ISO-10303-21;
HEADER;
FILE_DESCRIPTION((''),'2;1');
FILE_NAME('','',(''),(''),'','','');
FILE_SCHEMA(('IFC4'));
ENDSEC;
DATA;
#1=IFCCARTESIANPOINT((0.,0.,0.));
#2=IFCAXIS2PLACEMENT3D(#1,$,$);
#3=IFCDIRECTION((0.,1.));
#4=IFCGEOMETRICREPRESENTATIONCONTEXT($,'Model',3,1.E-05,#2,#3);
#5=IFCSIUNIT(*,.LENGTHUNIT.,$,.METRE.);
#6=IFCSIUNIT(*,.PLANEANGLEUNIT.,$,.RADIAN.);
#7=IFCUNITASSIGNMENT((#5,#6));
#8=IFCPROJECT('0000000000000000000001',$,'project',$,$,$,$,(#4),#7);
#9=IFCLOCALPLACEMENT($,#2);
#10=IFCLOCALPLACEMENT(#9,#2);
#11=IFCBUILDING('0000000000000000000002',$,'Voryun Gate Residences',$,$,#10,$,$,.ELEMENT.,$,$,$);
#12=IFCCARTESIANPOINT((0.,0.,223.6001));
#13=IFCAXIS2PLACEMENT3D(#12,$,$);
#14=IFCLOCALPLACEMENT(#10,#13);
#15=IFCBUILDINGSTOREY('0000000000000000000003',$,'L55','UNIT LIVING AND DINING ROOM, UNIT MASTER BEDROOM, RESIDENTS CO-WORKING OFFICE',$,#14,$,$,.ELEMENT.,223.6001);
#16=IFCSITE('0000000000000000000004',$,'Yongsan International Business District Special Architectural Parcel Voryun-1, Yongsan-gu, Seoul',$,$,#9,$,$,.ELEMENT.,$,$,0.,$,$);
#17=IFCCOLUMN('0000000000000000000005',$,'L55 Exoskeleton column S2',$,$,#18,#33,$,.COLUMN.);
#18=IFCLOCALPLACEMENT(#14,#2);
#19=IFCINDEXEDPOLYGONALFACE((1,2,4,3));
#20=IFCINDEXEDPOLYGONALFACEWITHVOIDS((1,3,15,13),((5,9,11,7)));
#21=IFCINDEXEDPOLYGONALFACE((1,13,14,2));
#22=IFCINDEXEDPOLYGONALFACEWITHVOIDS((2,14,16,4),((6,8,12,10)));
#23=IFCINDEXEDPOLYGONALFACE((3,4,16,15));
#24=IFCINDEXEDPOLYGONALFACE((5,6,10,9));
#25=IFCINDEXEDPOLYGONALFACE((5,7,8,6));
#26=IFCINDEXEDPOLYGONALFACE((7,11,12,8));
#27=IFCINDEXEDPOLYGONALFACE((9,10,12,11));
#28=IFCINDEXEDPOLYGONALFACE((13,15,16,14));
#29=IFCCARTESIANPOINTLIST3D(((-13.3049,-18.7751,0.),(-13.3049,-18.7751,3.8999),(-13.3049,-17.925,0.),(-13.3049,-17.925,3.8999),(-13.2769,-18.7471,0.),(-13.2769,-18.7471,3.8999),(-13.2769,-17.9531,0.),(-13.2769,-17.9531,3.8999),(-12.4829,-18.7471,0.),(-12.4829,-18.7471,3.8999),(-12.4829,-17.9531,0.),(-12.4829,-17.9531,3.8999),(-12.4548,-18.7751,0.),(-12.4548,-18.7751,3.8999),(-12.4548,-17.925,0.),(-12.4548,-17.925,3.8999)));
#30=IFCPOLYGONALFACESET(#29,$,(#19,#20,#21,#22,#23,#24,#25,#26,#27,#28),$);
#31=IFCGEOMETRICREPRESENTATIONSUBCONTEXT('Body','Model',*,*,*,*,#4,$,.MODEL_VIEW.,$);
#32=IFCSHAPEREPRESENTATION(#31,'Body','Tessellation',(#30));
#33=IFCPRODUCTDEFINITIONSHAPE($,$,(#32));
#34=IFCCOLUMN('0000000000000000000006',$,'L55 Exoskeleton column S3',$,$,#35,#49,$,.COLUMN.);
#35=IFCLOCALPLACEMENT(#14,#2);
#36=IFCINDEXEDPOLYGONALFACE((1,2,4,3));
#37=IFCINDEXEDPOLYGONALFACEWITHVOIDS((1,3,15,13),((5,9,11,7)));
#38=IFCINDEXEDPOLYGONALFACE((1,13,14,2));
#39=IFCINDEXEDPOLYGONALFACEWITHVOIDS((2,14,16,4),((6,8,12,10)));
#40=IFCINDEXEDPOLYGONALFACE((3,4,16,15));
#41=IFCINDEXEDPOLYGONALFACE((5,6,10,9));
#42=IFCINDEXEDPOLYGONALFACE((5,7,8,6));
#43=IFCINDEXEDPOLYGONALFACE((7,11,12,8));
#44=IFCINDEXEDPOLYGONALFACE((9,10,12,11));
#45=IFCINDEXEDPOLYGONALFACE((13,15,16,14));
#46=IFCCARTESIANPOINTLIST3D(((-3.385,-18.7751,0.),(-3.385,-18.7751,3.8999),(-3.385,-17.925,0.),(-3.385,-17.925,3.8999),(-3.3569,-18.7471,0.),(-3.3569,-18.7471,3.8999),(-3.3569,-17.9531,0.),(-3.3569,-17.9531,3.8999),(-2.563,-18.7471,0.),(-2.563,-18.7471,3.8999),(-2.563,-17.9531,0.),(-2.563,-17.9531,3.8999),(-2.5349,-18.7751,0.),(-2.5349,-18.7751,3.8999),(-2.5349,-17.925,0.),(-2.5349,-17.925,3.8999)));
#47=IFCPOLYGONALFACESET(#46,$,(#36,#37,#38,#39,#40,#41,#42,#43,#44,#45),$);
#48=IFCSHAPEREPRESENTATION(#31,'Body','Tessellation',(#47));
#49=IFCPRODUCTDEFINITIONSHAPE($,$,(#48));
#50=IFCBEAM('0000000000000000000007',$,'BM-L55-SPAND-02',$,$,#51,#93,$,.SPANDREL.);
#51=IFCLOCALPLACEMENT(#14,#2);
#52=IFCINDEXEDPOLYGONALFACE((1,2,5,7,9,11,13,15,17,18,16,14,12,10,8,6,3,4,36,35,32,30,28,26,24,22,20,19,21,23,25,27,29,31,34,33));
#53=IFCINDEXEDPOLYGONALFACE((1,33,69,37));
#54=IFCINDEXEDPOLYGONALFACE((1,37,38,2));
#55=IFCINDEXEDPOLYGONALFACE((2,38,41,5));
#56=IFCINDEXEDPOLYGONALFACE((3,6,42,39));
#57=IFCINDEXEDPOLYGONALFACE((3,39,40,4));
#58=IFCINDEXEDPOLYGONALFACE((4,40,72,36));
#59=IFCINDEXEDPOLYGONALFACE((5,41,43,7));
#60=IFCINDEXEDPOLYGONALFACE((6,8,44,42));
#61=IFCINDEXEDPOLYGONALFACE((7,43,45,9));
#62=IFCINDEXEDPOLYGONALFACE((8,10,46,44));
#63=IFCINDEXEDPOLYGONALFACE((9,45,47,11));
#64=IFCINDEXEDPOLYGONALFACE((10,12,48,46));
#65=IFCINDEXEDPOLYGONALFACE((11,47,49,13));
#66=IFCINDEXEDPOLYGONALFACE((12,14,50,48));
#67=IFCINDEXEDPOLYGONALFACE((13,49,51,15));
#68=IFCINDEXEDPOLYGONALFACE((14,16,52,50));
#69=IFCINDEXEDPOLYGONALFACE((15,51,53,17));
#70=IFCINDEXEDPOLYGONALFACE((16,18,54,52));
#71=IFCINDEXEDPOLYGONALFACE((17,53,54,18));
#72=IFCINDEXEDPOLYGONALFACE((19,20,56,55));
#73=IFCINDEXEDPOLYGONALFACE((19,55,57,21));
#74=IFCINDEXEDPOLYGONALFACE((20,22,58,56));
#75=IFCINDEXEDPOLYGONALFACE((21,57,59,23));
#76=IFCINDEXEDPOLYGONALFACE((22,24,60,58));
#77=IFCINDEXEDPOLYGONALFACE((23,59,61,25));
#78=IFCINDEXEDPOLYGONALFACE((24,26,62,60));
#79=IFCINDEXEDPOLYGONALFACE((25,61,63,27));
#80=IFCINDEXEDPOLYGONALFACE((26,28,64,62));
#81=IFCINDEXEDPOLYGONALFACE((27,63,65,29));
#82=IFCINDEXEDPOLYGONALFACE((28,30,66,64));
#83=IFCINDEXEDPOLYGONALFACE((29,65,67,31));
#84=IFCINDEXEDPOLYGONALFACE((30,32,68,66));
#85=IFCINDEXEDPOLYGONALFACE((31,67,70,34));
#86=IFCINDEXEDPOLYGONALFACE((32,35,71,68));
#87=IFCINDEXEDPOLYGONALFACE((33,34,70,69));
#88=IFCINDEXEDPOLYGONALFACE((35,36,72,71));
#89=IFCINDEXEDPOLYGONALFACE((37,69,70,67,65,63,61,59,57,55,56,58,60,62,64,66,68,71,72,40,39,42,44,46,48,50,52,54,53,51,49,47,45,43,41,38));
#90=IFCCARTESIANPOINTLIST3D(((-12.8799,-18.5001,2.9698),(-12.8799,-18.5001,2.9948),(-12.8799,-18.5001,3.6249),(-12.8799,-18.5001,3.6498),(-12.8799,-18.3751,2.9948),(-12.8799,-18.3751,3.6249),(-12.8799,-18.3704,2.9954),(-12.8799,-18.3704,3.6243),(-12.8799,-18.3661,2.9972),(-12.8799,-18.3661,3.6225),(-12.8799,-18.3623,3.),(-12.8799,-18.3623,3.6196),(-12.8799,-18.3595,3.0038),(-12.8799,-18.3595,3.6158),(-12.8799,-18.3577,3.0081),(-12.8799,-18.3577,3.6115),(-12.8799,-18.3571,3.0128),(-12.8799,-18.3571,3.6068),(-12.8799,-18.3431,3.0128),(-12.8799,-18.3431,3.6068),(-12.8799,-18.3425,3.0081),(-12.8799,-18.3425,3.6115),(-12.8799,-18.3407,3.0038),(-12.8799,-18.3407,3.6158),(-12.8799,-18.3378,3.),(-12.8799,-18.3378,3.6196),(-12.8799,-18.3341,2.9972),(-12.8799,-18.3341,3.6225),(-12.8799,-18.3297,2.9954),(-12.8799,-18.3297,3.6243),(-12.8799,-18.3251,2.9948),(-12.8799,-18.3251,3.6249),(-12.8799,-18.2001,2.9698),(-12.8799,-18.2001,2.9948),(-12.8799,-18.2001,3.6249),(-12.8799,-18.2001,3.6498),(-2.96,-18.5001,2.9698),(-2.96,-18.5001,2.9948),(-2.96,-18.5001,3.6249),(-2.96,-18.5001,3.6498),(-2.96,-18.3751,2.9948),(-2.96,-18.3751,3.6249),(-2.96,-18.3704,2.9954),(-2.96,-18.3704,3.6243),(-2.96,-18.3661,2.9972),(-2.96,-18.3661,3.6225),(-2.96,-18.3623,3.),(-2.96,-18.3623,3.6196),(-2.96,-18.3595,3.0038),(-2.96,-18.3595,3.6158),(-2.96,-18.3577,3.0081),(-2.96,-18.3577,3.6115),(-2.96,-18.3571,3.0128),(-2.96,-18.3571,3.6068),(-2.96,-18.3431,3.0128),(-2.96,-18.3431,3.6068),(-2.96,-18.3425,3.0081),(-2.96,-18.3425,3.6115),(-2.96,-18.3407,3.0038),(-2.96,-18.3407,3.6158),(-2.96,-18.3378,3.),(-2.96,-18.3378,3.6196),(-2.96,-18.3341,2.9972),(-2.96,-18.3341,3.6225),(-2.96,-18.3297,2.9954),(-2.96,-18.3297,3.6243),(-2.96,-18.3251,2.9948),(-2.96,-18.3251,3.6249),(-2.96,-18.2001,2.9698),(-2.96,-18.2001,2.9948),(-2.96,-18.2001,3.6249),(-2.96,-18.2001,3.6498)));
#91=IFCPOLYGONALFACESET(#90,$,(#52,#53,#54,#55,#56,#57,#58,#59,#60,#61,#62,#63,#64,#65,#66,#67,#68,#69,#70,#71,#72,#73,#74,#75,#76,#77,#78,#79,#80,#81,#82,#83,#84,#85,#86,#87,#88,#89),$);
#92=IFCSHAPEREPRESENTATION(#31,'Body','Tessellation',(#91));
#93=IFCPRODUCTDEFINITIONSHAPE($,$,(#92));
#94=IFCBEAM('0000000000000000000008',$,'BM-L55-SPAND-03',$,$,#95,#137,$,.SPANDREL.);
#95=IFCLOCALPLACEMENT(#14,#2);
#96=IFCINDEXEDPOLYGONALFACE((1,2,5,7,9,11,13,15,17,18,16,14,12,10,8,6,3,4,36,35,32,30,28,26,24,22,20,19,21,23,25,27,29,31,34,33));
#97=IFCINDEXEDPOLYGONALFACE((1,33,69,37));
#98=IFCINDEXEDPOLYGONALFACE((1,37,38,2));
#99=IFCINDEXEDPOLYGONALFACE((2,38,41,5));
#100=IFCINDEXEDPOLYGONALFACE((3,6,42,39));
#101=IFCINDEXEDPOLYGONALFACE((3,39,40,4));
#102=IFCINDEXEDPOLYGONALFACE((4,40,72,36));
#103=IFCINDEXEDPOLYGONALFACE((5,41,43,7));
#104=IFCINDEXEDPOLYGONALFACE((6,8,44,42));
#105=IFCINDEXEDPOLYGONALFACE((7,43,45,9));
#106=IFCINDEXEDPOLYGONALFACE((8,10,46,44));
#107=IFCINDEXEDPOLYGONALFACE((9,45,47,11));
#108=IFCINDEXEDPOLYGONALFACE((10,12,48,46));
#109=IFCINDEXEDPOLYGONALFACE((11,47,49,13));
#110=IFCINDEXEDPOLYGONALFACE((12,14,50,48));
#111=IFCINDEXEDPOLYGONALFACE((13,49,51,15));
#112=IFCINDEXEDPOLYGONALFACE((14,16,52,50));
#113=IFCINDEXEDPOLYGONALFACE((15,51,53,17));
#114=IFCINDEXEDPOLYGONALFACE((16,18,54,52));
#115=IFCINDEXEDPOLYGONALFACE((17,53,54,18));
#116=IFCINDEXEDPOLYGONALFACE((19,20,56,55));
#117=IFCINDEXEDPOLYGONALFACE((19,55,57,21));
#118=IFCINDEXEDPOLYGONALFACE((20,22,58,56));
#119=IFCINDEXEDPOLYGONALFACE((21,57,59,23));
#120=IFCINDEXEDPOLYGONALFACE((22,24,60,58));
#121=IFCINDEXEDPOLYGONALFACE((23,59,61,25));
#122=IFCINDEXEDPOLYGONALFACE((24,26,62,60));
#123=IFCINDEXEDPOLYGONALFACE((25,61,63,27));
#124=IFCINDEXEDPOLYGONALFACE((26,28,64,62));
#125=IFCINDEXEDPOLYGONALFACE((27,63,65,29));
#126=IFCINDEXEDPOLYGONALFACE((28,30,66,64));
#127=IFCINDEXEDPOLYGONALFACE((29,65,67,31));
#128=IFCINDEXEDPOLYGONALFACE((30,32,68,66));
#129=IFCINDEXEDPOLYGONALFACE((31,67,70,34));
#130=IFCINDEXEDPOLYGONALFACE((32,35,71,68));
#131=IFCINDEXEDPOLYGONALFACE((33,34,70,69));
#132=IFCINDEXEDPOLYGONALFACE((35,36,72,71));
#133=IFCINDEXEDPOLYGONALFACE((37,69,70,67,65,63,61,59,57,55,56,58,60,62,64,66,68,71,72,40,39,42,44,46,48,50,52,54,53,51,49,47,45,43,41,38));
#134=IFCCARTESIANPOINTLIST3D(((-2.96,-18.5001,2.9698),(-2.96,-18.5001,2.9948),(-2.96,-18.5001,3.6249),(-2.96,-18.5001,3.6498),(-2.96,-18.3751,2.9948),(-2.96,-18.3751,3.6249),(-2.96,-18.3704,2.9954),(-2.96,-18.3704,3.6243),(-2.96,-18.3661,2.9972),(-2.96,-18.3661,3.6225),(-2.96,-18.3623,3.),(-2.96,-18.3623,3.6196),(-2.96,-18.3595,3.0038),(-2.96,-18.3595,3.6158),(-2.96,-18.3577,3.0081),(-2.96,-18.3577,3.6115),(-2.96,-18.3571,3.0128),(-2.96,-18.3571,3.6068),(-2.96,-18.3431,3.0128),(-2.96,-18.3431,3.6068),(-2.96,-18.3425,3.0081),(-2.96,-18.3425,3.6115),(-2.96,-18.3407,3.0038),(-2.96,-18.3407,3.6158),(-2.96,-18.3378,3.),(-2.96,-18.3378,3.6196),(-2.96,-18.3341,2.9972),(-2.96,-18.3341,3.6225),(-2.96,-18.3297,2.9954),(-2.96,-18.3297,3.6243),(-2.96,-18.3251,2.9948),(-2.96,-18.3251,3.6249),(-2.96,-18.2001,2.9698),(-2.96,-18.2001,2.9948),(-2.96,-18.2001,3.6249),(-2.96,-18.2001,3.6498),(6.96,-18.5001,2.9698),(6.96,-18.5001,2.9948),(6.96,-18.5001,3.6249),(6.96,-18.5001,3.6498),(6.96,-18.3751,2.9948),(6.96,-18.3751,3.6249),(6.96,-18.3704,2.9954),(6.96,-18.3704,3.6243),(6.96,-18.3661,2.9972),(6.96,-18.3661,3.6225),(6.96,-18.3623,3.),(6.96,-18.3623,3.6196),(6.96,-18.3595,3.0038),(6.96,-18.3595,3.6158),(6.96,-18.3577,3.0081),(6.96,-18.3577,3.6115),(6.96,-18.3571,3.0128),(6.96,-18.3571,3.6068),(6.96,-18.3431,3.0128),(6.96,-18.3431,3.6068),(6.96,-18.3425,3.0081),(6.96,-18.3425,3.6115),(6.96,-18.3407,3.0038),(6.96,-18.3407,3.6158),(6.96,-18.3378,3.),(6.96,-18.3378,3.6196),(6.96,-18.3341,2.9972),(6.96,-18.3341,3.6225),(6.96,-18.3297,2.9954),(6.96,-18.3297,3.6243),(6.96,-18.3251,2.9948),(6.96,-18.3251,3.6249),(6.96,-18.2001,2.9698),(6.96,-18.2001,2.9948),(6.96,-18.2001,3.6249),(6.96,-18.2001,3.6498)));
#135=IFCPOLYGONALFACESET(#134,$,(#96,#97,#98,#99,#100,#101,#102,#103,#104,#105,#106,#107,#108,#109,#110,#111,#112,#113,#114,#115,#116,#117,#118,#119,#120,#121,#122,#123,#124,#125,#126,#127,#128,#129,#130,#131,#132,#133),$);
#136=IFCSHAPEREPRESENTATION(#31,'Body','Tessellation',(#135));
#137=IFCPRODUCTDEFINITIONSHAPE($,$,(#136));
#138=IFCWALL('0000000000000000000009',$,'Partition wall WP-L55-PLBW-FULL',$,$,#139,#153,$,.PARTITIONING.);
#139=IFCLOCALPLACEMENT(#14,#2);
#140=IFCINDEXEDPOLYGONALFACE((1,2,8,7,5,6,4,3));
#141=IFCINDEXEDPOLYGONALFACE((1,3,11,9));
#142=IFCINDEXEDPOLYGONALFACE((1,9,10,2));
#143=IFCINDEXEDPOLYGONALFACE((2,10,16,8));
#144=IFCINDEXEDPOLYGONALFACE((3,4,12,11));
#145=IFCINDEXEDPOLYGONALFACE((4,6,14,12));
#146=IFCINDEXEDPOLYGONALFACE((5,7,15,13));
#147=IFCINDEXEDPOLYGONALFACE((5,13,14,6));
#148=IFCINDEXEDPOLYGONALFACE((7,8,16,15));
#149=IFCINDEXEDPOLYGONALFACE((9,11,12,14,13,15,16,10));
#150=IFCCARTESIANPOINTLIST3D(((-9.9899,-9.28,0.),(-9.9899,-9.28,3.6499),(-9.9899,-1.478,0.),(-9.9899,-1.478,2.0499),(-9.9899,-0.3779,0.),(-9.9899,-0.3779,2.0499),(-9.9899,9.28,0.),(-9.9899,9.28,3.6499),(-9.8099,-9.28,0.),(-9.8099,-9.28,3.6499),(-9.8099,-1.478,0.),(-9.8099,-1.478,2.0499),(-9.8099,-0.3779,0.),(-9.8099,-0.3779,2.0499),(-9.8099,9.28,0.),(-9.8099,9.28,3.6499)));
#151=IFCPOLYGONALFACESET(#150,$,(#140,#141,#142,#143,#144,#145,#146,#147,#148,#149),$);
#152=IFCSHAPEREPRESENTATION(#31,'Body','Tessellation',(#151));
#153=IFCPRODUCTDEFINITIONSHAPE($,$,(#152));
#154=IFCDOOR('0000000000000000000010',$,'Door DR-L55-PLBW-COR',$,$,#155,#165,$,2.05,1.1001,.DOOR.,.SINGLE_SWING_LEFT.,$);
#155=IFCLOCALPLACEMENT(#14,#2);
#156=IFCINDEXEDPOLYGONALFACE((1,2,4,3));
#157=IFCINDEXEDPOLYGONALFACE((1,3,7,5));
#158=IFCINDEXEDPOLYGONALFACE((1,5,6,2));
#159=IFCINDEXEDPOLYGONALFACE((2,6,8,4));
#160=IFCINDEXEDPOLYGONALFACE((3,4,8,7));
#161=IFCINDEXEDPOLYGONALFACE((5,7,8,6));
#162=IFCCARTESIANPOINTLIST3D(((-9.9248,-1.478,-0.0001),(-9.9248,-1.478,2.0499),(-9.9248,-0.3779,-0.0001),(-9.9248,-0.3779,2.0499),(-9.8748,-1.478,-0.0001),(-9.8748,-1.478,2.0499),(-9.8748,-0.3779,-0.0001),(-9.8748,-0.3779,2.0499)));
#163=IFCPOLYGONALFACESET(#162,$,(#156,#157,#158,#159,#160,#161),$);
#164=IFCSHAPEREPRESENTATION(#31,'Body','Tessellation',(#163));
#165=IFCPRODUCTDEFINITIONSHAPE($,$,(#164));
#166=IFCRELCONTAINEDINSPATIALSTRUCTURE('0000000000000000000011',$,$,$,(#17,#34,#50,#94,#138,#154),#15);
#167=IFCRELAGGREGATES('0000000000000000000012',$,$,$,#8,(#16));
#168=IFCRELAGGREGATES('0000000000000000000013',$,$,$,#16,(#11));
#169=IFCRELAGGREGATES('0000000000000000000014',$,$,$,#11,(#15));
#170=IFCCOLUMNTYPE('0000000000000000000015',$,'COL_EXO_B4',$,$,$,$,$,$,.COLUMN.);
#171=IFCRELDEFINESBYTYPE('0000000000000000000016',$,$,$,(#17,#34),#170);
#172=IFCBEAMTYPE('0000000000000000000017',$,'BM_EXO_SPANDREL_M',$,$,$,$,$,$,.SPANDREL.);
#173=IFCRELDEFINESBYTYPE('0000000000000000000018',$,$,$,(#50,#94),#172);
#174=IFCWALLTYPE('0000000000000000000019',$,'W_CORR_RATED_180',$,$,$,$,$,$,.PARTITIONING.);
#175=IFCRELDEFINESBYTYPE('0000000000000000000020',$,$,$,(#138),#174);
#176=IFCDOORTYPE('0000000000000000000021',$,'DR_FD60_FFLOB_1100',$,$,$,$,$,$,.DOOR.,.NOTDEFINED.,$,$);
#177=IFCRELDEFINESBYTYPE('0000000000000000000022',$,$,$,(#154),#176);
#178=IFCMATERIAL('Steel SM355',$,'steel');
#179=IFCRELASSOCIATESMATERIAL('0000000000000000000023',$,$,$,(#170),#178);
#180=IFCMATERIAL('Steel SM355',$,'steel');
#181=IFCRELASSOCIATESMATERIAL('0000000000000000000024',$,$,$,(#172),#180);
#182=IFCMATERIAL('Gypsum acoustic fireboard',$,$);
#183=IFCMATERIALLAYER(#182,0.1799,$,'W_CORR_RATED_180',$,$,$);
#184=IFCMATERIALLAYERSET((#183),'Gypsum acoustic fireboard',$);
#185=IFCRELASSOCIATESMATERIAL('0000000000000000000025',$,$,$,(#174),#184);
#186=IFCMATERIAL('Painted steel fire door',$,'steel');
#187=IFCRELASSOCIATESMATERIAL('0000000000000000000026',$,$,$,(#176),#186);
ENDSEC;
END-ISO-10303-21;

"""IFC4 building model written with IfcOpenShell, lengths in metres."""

from ifc_helpers import new_model, si_unit, direction, frame, frame_2d, origin, origin_2d, place, context, subcontext, project, spatial, rectangle, hollow_rectangle, i_section, extrude, material, layer, layer_set, material_profile, profile_set, type_object, element, fill, save


model = new_model("IFC4")

# Units and contexts
model_context = context("Model", 3, precision=1e-05, world=origin(), true_north=direction((0.0, 1.0)))
body_context = subcontext(model_context, "Body", "Model", "MODEL_VIEW")
ifc_project = project(units=[si_unit("LENGTHUNIT", "METRE"), si_unit("PLANEANGLEUNIT", "RADIAN")], contexts=[model_context])

# Site, building, storey
site_placement = place(None, origin())
site = spatial("IfcSite", under=ifc_project, at=site_placement, Name="Yongsan International Business District Special Architectural Parcel Voryun-1, Yongsan-gu, Seoul", CompositionType="ELEMENT", RefElevation=0.0)
building_placement = place(site_placement, origin())
building = spatial("IfcBuilding", under=site, at=building_placement, Name="Voryun Gate Residences", CompositionType="ELEMENT")
storey_placement = place(building_placement, frame((0.0, 0.0, 223.6001)))
storey = spatial("IfcBuildingStorey", under=building, at=storey_placement, Name="L55", Description="UNIT LIVING AND DINING ROOM, UNIT MASTER BEDROOM, RESIDENTS CO-WORKING OFFICE", CompositionType="ELEMENT", Elevation=223.6001)

# Columns
ifc_material_1 = material(Name="Steel SM355", Category="steel")
ifc_material_profile_1 = material_profile(ifc_material_1, hollow_rectangle(XDim=0.8501, YDim=0.8501, WallThickness=0.0281, at=origin_2d()), Name="BOX-850x850x28")
ifc_profile_set_1 = profile_set([ifc_material_profile_1], Name="Steel SM355")
column_type = type_object("IfcColumnType", Name="COL_EXO_B4", PredefinedType="COLUMN", material=ifc_profile_set_1)
for number, where, z_axis, x_axis, name in (
    (1, (-12.8799, -18.3501, 0.0), (0.0, 0.0, 1.0), (1.0, 0.0, 0.0), "L55 Exoskeleton column S2"),
    (2, (-2.96, -18.3501, 0.0), (0.0, 0.0, 1.0), (1.0, 0.0, 0.0), "L55 Exoskeleton column S3"),
):
    element("IfcColumn", number, at=place(storey_placement, frame(where, z_axis=z_axis, x_axis=x_axis)), inside=storey, type_object=column_type, Name=name, PredefinedType="COLUMN", context=body_context, shape_type="SweptSolid", body=[
        extrude(hollow_rectangle(XDim=0.8501, YDim=0.8501, WallThickness=0.0281, at=origin_2d()), origin(), (0.0, 0.0, 1.0), 3.8999),
    ])

# Beams
ifc_material_2 = material(Name="Steel SM355", Category="steel")
ifc_material_profile_2 = material_profile(ifc_material_2, i_section(OverallWidth=0.3, OverallDepth=0.6799, WebThickness=0.0139, FlangeThickness=0.0249, FilletRadius=0.0181, at=origin_2d()), Name="H-680x300x14x25")
ifc_profile_set_2 = profile_set([ifc_material_profile_2], Name="Steel SM355")
beam_type = type_object("IfcBeamType", Name="BM_EXO_SPANDREL_M", PredefinedType="SPANDREL", material=ifc_profile_set_2)
for number, where, z_axis, x_axis, name in (
    (3, (-12.8799, -18.3501, 3.3098), (1.0, 0.0, 0.0), (0.0, 1.0, 0.0), "BM-L55-SPAND-02"),
    (4, (-2.96, -18.3501, 3.3098), (1.0, 0.0, 0.0), (0.0, 1.0, 0.0), "BM-L55-SPAND-03"),
):
    element("IfcBeam", number, at=place(storey_placement, frame(where, z_axis=z_axis, x_axis=x_axis)), inside=storey, type_object=beam_type, Name=name, PredefinedType="SPANDREL", context=body_context, shape_type="SweptSolid", body=[
        extrude(i_section(OverallWidth=0.3, OverallDepth=0.6799, WebThickness=0.0139, FlangeThickness=0.0249, FilletRadius=0.0181, at=origin_2d()), origin(), (0.0, 0.0, 1.0), 9.9199),
    ])

# Wall, opening, door
ifc_material_3 = material(Name="Gypsum acoustic fireboard")
ifc_layer_1 = layer(ifc_material_3, 0.1799, Name="W_CORR_RATED_180")
ifc_layer_set_1 = layer_set([ifc_layer_1], Name="Gypsum acoustic fireboard")
wall_type_1 = type_object("IfcWallType", Name="W_CORR_RATED_180", PredefinedType="PARTITIONING", material=ifc_layer_set_1)
wall_1_placement = place(storey_placement, frame((-9.8999, -9.28, 0.0), z_axis=(0.0, 0.0, 1.0), x_axis=(0.0, 1.0, 0.0)))
wall_1 = element("IfcWall", 5, at=wall_1_placement, inside=storey, type_object=wall_type_1, Name="Partition wall WP-L55-PLBW-FULL", PredefinedType="PARTITIONING", context=body_context, shape_type="SweptSolid", body=[
    extrude(rectangle(XDim=18.5601, YDim=0.1799, at=frame_2d((9.28, 0.0))), origin(), (0.0, 0.0, 1.0), 3.6499),
])
opening_1_placement = place(wall_1_placement, frame((7.802, 0.0, 0.0)))
opening_1 = element("IfcOpeningElement", 6, at=opening_1_placement, cuts=wall_1, PredefinedType="OPENING", context=body_context, shape_type="SweptSolid", body=[
    extrude(rectangle(XDim=1.1001, YDim=2.05, at=frame_2d((0.55, 1.0249))), frame((0.0, 0.0999, 0.0), z_axis=(0.0, -1.0, 0.0), x_axis=(1.0, 0.0, 0.0)), (0.0, 0.0, 1.0), 0.2),
])
ifc_material_4 = material(Name="Painted steel fire door", Category="steel")
door_type_1 = type_object("IfcDoorType", Name="DR_FD60_FFLOB_1100", OperationType="NOTDEFINED", PredefinedType="DOOR", material=ifc_material_4)
door_1_placement = place(opening_1_placement, origin())
door_1 = element("IfcDoor", 7, at=door_1_placement, inside=storey, type_object=door_type_1, Name="Door DR-L55-PLBW-COR", OperationType="SINGLE_SWING_LEFT", OverallHeight=2.05, OverallWidth=1.1001, PredefinedType="DOOR", context=body_context, shape_type="SweptSolid", body=[
    extrude(rectangle(XDim=1.1001, YDim=2.05, at=frame_2d((0.55, 1.0249))), frame((0.0, 0.0249, 0.0), z_axis=(0.0, -1.0, 0.0), x_axis=(1.0, 0.0, 0.0)), (0.0, 0.0, 1.0), 0.05),
])
fill(opening_1, door_1)

save(model, "model.ifc")
